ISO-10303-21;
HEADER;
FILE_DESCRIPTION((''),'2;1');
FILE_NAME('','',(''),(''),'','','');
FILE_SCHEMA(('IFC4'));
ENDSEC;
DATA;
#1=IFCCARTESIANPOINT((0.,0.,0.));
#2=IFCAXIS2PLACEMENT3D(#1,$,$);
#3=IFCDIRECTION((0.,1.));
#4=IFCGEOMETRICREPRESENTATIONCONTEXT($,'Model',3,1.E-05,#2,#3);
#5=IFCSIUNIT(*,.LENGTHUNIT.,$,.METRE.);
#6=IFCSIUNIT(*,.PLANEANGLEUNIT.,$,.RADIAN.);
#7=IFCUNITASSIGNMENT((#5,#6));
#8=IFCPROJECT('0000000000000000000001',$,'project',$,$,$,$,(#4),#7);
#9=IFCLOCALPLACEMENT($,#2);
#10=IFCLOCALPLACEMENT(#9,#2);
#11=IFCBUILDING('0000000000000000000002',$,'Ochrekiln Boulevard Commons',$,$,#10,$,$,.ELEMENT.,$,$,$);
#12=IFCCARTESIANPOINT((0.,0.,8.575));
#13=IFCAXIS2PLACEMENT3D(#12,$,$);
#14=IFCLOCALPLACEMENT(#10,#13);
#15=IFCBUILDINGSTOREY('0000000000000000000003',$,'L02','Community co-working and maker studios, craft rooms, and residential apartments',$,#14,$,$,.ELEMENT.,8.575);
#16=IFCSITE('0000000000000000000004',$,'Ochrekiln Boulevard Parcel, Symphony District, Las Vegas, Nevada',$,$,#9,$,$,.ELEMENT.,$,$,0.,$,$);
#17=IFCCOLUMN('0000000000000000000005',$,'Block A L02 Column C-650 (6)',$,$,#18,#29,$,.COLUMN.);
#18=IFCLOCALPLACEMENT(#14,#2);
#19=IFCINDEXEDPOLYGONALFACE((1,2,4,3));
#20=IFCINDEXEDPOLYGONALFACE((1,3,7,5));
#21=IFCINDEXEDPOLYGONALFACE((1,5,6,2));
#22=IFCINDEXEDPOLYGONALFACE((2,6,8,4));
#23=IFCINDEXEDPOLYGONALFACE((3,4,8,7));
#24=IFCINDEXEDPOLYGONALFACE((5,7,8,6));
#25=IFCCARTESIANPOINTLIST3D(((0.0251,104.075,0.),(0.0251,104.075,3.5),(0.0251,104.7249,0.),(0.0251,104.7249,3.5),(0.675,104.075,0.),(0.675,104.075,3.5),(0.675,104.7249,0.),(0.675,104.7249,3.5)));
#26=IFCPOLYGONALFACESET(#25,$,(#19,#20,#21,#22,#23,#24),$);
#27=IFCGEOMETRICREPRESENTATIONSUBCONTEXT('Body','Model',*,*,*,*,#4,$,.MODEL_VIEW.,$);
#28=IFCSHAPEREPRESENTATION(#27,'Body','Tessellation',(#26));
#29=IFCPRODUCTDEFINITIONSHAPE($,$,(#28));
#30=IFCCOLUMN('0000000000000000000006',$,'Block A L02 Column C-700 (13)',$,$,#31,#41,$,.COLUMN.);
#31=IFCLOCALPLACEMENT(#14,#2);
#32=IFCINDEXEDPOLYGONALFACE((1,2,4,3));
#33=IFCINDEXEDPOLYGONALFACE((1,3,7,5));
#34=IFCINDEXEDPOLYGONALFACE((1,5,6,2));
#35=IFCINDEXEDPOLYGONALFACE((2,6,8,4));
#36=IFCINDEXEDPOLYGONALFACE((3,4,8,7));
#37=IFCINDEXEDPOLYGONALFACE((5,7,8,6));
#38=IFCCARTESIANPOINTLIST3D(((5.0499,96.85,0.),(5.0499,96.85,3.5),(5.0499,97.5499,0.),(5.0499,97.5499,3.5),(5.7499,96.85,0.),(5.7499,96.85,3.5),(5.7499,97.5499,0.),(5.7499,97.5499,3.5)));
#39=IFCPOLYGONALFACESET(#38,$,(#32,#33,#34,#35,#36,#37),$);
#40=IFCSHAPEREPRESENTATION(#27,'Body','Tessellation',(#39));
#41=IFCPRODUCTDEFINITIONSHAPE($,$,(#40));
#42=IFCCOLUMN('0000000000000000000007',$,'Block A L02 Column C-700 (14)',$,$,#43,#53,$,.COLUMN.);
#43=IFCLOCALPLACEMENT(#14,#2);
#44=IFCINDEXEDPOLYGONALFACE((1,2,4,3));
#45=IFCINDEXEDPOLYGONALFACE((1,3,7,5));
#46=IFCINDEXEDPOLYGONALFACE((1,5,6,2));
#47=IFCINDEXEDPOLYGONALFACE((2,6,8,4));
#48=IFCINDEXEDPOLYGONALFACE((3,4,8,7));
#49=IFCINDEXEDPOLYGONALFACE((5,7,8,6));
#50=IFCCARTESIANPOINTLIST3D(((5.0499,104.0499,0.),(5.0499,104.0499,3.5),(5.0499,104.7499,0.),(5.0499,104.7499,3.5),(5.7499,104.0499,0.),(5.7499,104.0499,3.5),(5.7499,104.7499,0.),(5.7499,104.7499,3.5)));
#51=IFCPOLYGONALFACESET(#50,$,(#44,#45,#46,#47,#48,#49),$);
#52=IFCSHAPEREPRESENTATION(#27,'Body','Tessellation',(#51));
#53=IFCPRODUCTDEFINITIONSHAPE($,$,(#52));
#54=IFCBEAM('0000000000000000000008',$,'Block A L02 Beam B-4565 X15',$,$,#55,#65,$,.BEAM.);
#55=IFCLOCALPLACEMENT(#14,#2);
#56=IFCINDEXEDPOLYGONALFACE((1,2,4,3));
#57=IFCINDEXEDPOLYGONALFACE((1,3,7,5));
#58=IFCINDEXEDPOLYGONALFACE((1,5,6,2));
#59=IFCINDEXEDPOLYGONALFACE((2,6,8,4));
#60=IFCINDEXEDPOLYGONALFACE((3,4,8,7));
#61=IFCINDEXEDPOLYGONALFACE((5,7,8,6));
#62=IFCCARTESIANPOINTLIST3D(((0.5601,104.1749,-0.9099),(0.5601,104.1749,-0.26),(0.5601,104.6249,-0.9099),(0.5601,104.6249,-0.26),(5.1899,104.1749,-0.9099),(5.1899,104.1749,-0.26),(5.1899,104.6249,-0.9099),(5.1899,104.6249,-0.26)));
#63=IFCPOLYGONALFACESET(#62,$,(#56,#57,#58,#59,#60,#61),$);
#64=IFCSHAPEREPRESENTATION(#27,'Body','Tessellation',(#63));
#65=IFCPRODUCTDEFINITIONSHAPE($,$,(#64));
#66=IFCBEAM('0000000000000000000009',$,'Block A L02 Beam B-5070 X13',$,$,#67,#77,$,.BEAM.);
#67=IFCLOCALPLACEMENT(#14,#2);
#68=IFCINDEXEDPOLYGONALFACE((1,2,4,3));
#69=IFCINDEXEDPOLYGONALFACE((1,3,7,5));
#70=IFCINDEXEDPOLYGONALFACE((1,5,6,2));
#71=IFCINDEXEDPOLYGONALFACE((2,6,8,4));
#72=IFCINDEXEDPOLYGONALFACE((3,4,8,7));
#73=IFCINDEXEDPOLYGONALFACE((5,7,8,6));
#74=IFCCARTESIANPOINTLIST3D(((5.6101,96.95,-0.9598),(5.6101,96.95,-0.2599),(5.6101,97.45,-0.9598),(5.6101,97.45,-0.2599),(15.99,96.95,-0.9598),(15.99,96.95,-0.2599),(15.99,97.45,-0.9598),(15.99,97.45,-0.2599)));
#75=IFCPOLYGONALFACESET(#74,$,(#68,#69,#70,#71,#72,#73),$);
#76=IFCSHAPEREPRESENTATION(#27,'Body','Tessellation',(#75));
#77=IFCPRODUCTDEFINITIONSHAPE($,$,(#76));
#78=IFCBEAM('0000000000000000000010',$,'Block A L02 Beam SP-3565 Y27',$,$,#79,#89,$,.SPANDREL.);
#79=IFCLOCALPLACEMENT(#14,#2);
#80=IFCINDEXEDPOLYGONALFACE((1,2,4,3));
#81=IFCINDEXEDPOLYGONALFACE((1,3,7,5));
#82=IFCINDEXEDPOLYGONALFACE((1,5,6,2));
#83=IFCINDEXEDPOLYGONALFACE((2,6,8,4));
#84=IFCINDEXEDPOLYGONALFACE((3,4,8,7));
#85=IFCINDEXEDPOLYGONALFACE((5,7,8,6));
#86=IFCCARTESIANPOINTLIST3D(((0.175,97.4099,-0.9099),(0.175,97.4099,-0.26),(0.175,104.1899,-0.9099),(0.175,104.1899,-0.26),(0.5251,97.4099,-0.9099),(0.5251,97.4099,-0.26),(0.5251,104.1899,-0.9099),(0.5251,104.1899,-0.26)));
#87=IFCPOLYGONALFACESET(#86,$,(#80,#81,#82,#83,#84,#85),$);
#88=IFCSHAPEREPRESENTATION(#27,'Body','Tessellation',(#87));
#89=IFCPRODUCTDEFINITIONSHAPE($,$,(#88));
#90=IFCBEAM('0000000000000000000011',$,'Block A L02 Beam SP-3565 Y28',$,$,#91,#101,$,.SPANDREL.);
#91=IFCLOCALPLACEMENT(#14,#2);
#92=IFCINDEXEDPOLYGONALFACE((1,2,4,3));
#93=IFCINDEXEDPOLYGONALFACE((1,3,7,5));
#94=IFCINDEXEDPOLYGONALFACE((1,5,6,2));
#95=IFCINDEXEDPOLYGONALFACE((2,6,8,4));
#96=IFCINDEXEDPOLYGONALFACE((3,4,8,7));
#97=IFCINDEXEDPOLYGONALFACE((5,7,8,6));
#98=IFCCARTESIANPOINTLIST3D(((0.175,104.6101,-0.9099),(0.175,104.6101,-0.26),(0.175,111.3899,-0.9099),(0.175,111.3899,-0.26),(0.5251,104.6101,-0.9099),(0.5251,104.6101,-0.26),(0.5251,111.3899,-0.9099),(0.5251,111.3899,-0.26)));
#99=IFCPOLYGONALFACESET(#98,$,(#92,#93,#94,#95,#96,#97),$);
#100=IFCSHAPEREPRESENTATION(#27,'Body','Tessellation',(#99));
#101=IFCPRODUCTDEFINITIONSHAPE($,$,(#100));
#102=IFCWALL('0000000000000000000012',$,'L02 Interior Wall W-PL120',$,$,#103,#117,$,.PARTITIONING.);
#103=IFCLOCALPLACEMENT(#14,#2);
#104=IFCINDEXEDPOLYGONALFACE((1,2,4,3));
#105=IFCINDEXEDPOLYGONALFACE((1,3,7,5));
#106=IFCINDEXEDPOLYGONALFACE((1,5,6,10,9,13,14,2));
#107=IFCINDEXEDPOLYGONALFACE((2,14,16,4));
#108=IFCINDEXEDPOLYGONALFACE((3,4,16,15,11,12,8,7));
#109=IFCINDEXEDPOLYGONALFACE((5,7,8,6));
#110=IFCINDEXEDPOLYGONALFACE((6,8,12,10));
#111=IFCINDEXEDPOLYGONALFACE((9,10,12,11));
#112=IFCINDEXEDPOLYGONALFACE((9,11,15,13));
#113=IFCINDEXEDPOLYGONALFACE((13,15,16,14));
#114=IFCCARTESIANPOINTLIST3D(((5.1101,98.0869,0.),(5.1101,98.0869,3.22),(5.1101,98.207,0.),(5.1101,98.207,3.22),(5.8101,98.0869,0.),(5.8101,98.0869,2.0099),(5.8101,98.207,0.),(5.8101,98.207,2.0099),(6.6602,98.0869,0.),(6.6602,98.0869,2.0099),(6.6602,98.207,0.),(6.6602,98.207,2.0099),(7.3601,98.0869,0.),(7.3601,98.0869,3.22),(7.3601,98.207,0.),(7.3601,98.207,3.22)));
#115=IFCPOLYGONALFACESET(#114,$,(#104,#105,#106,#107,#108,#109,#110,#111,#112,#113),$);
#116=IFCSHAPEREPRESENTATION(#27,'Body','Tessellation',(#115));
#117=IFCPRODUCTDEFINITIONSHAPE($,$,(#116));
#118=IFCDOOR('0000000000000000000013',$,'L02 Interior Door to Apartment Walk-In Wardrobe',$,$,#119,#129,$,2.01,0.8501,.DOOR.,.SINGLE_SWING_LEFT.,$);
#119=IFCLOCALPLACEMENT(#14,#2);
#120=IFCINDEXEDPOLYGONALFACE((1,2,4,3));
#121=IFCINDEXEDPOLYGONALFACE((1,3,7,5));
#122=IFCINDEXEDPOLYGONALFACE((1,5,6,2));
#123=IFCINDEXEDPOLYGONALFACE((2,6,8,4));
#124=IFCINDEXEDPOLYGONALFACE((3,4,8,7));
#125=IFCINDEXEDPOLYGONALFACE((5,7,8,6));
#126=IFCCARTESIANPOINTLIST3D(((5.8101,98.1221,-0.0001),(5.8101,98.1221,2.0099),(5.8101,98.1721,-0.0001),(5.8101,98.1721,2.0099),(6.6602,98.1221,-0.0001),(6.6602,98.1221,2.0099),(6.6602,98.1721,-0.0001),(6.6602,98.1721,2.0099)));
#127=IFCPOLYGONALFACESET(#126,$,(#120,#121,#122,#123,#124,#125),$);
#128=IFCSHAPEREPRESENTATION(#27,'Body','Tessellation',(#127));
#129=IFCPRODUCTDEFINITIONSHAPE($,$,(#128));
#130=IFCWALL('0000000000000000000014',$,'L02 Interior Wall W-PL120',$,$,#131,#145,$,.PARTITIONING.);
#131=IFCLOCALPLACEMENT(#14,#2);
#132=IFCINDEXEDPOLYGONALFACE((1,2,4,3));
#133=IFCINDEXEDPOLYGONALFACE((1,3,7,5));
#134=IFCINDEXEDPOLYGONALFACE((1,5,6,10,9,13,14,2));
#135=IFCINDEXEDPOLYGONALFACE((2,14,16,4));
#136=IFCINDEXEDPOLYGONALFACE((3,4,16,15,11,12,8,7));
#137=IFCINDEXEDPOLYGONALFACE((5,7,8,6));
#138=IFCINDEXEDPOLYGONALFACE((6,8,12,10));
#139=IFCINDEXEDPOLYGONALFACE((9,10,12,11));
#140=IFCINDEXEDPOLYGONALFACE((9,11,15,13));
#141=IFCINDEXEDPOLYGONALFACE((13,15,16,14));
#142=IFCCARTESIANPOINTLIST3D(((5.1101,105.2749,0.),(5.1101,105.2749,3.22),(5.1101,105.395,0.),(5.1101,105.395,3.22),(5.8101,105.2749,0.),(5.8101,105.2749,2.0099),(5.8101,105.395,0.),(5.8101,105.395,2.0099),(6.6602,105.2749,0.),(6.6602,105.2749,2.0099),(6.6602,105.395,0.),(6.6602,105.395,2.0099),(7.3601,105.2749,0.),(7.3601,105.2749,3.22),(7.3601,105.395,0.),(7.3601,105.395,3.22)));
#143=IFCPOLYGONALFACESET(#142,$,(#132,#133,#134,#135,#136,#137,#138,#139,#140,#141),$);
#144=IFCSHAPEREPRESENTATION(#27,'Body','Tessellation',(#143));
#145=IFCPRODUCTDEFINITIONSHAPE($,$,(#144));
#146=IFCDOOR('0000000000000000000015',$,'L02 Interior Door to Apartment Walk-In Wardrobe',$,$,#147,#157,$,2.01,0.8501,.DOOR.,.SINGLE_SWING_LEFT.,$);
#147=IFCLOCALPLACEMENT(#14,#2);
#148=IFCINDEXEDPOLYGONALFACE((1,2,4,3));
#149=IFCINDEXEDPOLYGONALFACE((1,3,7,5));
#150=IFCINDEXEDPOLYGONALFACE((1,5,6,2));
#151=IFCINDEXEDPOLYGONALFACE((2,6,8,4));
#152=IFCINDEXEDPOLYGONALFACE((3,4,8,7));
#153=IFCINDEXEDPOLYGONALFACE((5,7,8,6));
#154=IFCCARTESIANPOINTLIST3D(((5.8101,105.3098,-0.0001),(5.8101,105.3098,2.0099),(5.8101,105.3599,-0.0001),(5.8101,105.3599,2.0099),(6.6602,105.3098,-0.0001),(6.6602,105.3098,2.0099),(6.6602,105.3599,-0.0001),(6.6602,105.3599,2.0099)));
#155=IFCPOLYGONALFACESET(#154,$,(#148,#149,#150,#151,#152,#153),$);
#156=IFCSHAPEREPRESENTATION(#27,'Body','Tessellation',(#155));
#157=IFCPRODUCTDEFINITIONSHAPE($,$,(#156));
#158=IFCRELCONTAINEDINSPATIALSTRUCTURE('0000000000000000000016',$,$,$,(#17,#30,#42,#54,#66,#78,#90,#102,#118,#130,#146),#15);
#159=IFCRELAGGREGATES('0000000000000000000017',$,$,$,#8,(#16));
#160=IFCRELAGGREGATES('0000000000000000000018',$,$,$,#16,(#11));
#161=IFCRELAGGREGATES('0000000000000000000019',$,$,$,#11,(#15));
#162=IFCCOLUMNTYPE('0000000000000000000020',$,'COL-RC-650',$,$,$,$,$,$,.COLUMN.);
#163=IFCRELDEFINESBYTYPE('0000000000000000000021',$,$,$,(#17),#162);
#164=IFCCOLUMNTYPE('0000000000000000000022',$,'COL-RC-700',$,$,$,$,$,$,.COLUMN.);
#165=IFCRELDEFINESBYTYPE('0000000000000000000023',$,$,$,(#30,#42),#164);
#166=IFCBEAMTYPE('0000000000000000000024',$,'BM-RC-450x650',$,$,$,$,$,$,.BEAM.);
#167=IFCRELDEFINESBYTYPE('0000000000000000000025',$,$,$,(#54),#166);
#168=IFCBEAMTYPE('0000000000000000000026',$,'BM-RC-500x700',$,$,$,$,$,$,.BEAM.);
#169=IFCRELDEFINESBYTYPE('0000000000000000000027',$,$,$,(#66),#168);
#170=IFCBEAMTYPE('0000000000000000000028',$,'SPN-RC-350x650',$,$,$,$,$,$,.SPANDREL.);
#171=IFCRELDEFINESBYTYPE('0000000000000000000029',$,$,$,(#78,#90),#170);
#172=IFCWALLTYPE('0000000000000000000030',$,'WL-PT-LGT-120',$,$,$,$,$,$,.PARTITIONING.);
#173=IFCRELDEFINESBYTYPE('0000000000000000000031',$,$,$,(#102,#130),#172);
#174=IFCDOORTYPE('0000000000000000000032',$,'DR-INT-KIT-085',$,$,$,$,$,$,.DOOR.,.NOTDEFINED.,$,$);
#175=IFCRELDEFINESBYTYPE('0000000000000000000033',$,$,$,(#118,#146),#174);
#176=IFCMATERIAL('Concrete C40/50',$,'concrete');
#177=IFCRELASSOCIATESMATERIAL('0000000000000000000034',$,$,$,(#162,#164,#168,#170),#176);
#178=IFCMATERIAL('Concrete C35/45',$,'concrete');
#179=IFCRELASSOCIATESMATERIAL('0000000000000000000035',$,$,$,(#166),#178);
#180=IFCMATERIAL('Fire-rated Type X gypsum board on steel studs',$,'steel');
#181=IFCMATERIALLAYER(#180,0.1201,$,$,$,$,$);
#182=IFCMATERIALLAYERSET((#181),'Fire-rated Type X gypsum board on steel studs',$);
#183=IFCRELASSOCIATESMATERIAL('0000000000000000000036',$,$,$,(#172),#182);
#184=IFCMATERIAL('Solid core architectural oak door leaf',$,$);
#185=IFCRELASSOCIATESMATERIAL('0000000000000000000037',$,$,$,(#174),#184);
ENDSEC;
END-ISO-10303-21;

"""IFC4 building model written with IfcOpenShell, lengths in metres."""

from ifc_helpers import new_model, si_unit, direction, frame, frame_2d, origin, origin_2d, place, context, subcontext, project, spatial, rectangle, extrude, material, layer, layer_set, material_profile, profile_set, type_object, element, fill, save


model = new_model("IFC4")

# Units and contexts
model_context = context("Model", 3, precision=1e-05, world=origin(), true_north=direction((0.0, 1.0)))
body_context = subcontext(model_context, "Body", "Model", "MODEL_VIEW")
ifc_project = project(units=[si_unit("LENGTHUNIT", "METRE"), si_unit("PLANEANGLEUNIT", "RADIAN")], contexts=[model_context])

# Site, building, storey
site_placement = place(None, origin())
site = spatial("IfcSite", under=ifc_project, at=site_placement, Name="Ochrekiln Boulevard Parcel, Symphony District, Las Vegas, Nevada", CompositionType="ELEMENT", RefElevation=0.0)
building_placement = place(site_placement, origin())
building = spatial("IfcBuilding", under=site, at=building_placement, Name="Ochrekiln Boulevard Commons", CompositionType="ELEMENT")
storey_placement = place(building_placement, frame((0.0, 0.0, 8.575)))
storey = spatial("IfcBuildingStorey", under=building, at=storey_placement, Name="L02", Description="Community co-working and maker studios, craft rooms, and residential apartments", CompositionType="ELEMENT", Elevation=8.575)

# Columns
ifc_material_1 = material(Name="Concrete C40/50", Category="concrete")
ifc_material_profile_1 = material_profile(ifc_material_1, rectangle(XDim=0.6499, YDim=0.6499, at=origin_2d()), Name="RC-COL-650x650")
ifc_profile_set_1 = profile_set([ifc_material_profile_1], Name="Concrete C40/50")
column_type_1 = type_object("IfcColumnType", Name="COL-RC-650", PredefinedType="COLUMN", material=ifc_profile_set_1)
column_placement = place(storey_placement, frame((0.3501, 104.3999, 0.0), z_axis=(0.0, 0.0, 1.0), x_axis=(1.0, 0.0, 0.0)))
element("IfcColumn", 1, at=column_placement, inside=storey, type_object=column_type_1, Name="Block A L02 Column C-650 (6)", PredefinedType="COLUMN", context=body_context, shape_type="SweptSolid", body=[
    extrude(rectangle(XDim=0.6499, YDim=0.6499, at=origin_2d()), origin(), (0.0, 0.0, 1.0), 3.5),
])
ifc_material_profile_2 = material_profile(ifc_material_1, rectangle(XDim=0.7, YDim=0.7, at=origin_2d()), Name="RC-COL-700x700")
ifc_profile_set_2 = profile_set([ifc_material_profile_2], Name="Concrete C40/50")
column_type_2 = type_object("IfcColumnType", Name="COL-RC-700", PredefinedType="COLUMN", material=ifc_profile_set_2)
for number, where, z_axis, x_axis, name in (
    (2, (5.3999, 97.2, 0.0), (0.0, 0.0, 1.0), (1.0, 0.0, 0.0), "Block A L02 Column C-700 (13)"),
    (3, (5.3999, 104.3999, 0.0), (0.0, 0.0, 1.0), (1.0, 0.0, 0.0), "Block A L02 Column C-700 (14)"),
):
    element("IfcColumn", number, at=place(storey_placement, frame(where, z_axis=z_axis, x_axis=x_axis)), inside=storey, type_object=column_type_2, Name=name, PredefinedType="COLUMN", context=body_context, shape_type="SweptSolid", body=[
        extrude(rectangle(XDim=0.7, YDim=0.7, at=origin_2d()), origin(), (0.0, 0.0, 1.0), 3.5),
    ])

# Beams
ifc_material_2 = material(Name="Concrete C35/45", Category="concrete")
ifc_material_profile_3 = material_profile(ifc_material_2, rectangle(XDim=0.45, YDim=0.6499, at=origin_2d()), Name="RC-BM-450x650")
ifc_profile_set_3 = profile_set([ifc_material_profile_3], Name="Concrete C35/45")
beam_type_1 = type_object("IfcBeamType", Name="BM-RC-450x650", PredefinedType="BEAM", material=ifc_profile_set_3)
beam_1_placement = place(storey_placement, frame((0.5601, 104.3999, -0.585), z_axis=(1.0, 0.0, 0.0), x_axis=(0.0, 1.0, 0.0)))
element("IfcBeam", 4, at=beam_1_placement, inside=storey, type_object=beam_type_1, Name="Block A L02 Beam B-4565 X15", PredefinedType="BEAM", context=body_context, shape_type="SweptSolid", body=[
    extrude(rectangle(XDim=0.45, YDim=0.6499, at=origin_2d()), origin(), (0.0, 0.0, 1.0), 4.6299),
])
ifc_material_profile_4 = material_profile(ifc_material_1, rectangle(XDim=0.5, YDim=0.7, at=origin_2d()), Name="RC-BM-500x700")
ifc_profile_set_4 = profile_set([ifc_material_profile_4], Name="Concrete C40/50")
beam_type_2 = type_object("IfcBeamType", Name="BM-RC-500x700", PredefinedType="BEAM", material=ifc_profile_set_4)
beam_2_placement = place(storey_placement, frame((5.6101, 97.2, -0.6099), z_axis=(1.0, 0.0, 0.0), x_axis=(0.0, 1.0, 0.0)))
element("IfcBeam", 5, at=beam_2_placement, inside=storey, type_object=beam_type_2, Name="Block A L02 Beam B-5070 X13", PredefinedType="BEAM", context=body_context, shape_type="SweptSolid", body=[
    extrude(rectangle(XDim=0.5, YDim=0.7, at=origin_2d()), origin(), (0.0, 0.0, 1.0), 10.3799),
])
ifc_material_profile_5 = material_profile(ifc_material_1, rectangle(XDim=0.3501, YDim=0.6499, at=origin_2d()), Name="RC-SPN-350x650")
ifc_profile_set_5 = profile_set([ifc_material_profile_5], Name="Concrete C40/50")
beam_type_3 = type_object("IfcBeamType", Name="SPN-RC-350x650", PredefinedType="SPANDREL", material=ifc_profile_set_5)
beam_3_placement = place(storey_placement, frame((0.3501, 97.4099, -0.585), z_axis=(0.0, 1.0, 0.0), x_axis=(-1.0, 0.0, 0.0)))
element("IfcBeam", 6, at=beam_3_placement, inside=storey, type_object=beam_type_3, Name="Block A L02 Beam SP-3565 Y27", PredefinedType="SPANDREL", context=body_context, shape_type="SweptSolid", body=[
    extrude(rectangle(XDim=0.3501, YDim=0.6499, at=origin_2d()), origin(), (0.0, 0.0, 1.0), 6.78),
])
beam_4_placement = place(storey_placement, frame((0.3501, 104.6101, -0.585), z_axis=(0.0, 1.0, 0.0), x_axis=(-1.0, 0.0, 0.0)))
element("IfcBeam", 7, at=beam_4_placement, inside=storey, type_object=beam_type_3, Name="Block A L02 Beam SP-3565 Y28", PredefinedType="SPANDREL", context=body_context, shape_type="SweptSolid", body=[
    extrude(rectangle(XDim=0.3501, YDim=0.6499, at=origin_2d()), origin(), (0.0, 0.0, 1.0), 6.7798),
])

# Walls, openings, doors
ifc_material_3 = material(Name="Fire-rated Type X gypsum board on steel studs", Category="steel")
ifc_layer_1 = layer(ifc_material_3, 0.1201)
ifc_layer_set_1 = layer_set([ifc_layer_1], Name="Fire-rated Type X gypsum board on steel studs")
wall_type_1 = type_object("IfcWallType", Name="WL-PT-LGT-120", PredefinedType="PARTITIONING", material=ifc_layer_set_1)
wall_1_placement = place(storey_placement, frame((5.1101, 98.147, 0.0), z_axis=(0.0, 0.0, 1.0), x_axis=(1.0, 0.0, 0.0)))
wall_1 = element("IfcWall", 8, at=wall_1_placement, inside=storey, type_object=wall_type_1, Name="L02 Interior Wall W-PL120", PredefinedType="PARTITIONING", context=body_context, shape_type="SweptSolid", body=[
    extrude(rectangle(XDim=2.25, YDim=0.1201, at=frame_2d((1.125, 0.0))), origin(), (0.0, 0.0, 1.0), 3.22),
])
opening_1_placement = place(wall_1_placement, frame((0.7, 0.0, 0.0)))
opening_1 = element("IfcOpeningElement", 9, at=opening_1_placement, cuts=wall_1, PredefinedType="OPENING", context=body_context, shape_type="SweptSolid", body=[
    extrude(rectangle(XDim=0.8501, YDim=2.01, at=frame_2d((0.425, 1.0049))), frame((0.0, 0.0701, 0.0), z_axis=(0.0, -1.0, 0.0), x_axis=(1.0, 0.0, 0.0)), (0.0, 0.0, 1.0), 0.1401),
])
ifc_material_4 = material(Name="Solid core architectural oak door leaf")
door_type_1 = type_object("IfcDoorType", Name="DR-INT-KIT-085", OperationType="NOTDEFINED", PredefinedType="DOOR", material=ifc_material_4)
door_1_placement = place(opening_1_placement, frame((0.8501, 0.0, 0.0), z_axis=(0.0, 0.0, 1.0), x_axis=(-1.0, 0.0, 0.0)))
door_1 = element("IfcDoor", 10, at=door_1_placement, inside=storey, type_object=door_type_1, Name="L02 Interior Door to Apartment Walk-In Wardrobe", OperationType="SINGLE_SWING_LEFT", OverallHeight=2.01, OverallWidth=0.8501, PredefinedType="DOOR", context=body_context, shape_type="SweptSolid", body=[
    extrude(rectangle(XDim=0.8501, YDim=2.01, at=frame_2d((0.425, 1.0049))), frame((0.0, 0.0249, 0.0), z_axis=(0.0, -1.0, 0.0), x_axis=(1.0, 0.0, 0.0)), (0.0, 0.0, 1.0), 0.05),
])
fill(opening_1, door_1)
wall_2_placement = place(storey_placement, frame((5.1101, 105.335, 0.0), z_axis=(0.0, 0.0, 1.0), x_axis=(1.0, 0.0, 0.0)))
wall_2 = element("IfcWall", 11, at=wall_2_placement, inside=storey, type_object=wall_type_1, Name="L02 Interior Wall W-PL120", PredefinedType="PARTITIONING", context=body_context, shape_type="SweptSolid", body=[
    extrude(rectangle(XDim=2.25, YDim=0.1201, at=frame_2d((1.125, 0.0))), origin(), (0.0, 0.0, 1.0), 3.22),
])
opening_2_placement = place(wall_2_placement, frame((0.7, 0.0, 0.0)))
opening_2 = element("IfcOpeningElement", 12, at=opening_2_placement, cuts=wall_2, PredefinedType="OPENING", context=body_context, shape_type="SweptSolid", body=[
    extrude(rectangle(XDim=0.8501, YDim=2.01, at=frame_2d((0.425, 1.0049))), frame((0.0, 0.0701, 0.0), z_axis=(0.0, -1.0, 0.0), x_axis=(1.0, 0.0, 0.0)), (0.0, 0.0, 1.0), 0.1401),
])
door_2_placement = place(opening_2_placement, origin())
door_2 = element("IfcDoor", 13, at=door_2_placement, inside=storey, type_object=door_type_1, Name="L02 Interior Door to Apartment Walk-In Wardrobe", OperationType="SINGLE_SWING_LEFT", OverallHeight=2.01, OverallWidth=0.8501, PredefinedType="DOOR", context=body_context, shape_type="SweptSolid", body=[
    extrude(rectangle(XDim=0.8501, YDim=2.01, at=frame_2d((0.425, 1.0049))), frame((0.0, 0.0249, 0.0), z_axis=(0.0, -1.0, 0.0), x_axis=(1.0, 0.0, 0.0)), (0.0, 0.0, 1.0), 0.05),
])
fill(opening_2, door_2)

save(model, "model.ifc")
